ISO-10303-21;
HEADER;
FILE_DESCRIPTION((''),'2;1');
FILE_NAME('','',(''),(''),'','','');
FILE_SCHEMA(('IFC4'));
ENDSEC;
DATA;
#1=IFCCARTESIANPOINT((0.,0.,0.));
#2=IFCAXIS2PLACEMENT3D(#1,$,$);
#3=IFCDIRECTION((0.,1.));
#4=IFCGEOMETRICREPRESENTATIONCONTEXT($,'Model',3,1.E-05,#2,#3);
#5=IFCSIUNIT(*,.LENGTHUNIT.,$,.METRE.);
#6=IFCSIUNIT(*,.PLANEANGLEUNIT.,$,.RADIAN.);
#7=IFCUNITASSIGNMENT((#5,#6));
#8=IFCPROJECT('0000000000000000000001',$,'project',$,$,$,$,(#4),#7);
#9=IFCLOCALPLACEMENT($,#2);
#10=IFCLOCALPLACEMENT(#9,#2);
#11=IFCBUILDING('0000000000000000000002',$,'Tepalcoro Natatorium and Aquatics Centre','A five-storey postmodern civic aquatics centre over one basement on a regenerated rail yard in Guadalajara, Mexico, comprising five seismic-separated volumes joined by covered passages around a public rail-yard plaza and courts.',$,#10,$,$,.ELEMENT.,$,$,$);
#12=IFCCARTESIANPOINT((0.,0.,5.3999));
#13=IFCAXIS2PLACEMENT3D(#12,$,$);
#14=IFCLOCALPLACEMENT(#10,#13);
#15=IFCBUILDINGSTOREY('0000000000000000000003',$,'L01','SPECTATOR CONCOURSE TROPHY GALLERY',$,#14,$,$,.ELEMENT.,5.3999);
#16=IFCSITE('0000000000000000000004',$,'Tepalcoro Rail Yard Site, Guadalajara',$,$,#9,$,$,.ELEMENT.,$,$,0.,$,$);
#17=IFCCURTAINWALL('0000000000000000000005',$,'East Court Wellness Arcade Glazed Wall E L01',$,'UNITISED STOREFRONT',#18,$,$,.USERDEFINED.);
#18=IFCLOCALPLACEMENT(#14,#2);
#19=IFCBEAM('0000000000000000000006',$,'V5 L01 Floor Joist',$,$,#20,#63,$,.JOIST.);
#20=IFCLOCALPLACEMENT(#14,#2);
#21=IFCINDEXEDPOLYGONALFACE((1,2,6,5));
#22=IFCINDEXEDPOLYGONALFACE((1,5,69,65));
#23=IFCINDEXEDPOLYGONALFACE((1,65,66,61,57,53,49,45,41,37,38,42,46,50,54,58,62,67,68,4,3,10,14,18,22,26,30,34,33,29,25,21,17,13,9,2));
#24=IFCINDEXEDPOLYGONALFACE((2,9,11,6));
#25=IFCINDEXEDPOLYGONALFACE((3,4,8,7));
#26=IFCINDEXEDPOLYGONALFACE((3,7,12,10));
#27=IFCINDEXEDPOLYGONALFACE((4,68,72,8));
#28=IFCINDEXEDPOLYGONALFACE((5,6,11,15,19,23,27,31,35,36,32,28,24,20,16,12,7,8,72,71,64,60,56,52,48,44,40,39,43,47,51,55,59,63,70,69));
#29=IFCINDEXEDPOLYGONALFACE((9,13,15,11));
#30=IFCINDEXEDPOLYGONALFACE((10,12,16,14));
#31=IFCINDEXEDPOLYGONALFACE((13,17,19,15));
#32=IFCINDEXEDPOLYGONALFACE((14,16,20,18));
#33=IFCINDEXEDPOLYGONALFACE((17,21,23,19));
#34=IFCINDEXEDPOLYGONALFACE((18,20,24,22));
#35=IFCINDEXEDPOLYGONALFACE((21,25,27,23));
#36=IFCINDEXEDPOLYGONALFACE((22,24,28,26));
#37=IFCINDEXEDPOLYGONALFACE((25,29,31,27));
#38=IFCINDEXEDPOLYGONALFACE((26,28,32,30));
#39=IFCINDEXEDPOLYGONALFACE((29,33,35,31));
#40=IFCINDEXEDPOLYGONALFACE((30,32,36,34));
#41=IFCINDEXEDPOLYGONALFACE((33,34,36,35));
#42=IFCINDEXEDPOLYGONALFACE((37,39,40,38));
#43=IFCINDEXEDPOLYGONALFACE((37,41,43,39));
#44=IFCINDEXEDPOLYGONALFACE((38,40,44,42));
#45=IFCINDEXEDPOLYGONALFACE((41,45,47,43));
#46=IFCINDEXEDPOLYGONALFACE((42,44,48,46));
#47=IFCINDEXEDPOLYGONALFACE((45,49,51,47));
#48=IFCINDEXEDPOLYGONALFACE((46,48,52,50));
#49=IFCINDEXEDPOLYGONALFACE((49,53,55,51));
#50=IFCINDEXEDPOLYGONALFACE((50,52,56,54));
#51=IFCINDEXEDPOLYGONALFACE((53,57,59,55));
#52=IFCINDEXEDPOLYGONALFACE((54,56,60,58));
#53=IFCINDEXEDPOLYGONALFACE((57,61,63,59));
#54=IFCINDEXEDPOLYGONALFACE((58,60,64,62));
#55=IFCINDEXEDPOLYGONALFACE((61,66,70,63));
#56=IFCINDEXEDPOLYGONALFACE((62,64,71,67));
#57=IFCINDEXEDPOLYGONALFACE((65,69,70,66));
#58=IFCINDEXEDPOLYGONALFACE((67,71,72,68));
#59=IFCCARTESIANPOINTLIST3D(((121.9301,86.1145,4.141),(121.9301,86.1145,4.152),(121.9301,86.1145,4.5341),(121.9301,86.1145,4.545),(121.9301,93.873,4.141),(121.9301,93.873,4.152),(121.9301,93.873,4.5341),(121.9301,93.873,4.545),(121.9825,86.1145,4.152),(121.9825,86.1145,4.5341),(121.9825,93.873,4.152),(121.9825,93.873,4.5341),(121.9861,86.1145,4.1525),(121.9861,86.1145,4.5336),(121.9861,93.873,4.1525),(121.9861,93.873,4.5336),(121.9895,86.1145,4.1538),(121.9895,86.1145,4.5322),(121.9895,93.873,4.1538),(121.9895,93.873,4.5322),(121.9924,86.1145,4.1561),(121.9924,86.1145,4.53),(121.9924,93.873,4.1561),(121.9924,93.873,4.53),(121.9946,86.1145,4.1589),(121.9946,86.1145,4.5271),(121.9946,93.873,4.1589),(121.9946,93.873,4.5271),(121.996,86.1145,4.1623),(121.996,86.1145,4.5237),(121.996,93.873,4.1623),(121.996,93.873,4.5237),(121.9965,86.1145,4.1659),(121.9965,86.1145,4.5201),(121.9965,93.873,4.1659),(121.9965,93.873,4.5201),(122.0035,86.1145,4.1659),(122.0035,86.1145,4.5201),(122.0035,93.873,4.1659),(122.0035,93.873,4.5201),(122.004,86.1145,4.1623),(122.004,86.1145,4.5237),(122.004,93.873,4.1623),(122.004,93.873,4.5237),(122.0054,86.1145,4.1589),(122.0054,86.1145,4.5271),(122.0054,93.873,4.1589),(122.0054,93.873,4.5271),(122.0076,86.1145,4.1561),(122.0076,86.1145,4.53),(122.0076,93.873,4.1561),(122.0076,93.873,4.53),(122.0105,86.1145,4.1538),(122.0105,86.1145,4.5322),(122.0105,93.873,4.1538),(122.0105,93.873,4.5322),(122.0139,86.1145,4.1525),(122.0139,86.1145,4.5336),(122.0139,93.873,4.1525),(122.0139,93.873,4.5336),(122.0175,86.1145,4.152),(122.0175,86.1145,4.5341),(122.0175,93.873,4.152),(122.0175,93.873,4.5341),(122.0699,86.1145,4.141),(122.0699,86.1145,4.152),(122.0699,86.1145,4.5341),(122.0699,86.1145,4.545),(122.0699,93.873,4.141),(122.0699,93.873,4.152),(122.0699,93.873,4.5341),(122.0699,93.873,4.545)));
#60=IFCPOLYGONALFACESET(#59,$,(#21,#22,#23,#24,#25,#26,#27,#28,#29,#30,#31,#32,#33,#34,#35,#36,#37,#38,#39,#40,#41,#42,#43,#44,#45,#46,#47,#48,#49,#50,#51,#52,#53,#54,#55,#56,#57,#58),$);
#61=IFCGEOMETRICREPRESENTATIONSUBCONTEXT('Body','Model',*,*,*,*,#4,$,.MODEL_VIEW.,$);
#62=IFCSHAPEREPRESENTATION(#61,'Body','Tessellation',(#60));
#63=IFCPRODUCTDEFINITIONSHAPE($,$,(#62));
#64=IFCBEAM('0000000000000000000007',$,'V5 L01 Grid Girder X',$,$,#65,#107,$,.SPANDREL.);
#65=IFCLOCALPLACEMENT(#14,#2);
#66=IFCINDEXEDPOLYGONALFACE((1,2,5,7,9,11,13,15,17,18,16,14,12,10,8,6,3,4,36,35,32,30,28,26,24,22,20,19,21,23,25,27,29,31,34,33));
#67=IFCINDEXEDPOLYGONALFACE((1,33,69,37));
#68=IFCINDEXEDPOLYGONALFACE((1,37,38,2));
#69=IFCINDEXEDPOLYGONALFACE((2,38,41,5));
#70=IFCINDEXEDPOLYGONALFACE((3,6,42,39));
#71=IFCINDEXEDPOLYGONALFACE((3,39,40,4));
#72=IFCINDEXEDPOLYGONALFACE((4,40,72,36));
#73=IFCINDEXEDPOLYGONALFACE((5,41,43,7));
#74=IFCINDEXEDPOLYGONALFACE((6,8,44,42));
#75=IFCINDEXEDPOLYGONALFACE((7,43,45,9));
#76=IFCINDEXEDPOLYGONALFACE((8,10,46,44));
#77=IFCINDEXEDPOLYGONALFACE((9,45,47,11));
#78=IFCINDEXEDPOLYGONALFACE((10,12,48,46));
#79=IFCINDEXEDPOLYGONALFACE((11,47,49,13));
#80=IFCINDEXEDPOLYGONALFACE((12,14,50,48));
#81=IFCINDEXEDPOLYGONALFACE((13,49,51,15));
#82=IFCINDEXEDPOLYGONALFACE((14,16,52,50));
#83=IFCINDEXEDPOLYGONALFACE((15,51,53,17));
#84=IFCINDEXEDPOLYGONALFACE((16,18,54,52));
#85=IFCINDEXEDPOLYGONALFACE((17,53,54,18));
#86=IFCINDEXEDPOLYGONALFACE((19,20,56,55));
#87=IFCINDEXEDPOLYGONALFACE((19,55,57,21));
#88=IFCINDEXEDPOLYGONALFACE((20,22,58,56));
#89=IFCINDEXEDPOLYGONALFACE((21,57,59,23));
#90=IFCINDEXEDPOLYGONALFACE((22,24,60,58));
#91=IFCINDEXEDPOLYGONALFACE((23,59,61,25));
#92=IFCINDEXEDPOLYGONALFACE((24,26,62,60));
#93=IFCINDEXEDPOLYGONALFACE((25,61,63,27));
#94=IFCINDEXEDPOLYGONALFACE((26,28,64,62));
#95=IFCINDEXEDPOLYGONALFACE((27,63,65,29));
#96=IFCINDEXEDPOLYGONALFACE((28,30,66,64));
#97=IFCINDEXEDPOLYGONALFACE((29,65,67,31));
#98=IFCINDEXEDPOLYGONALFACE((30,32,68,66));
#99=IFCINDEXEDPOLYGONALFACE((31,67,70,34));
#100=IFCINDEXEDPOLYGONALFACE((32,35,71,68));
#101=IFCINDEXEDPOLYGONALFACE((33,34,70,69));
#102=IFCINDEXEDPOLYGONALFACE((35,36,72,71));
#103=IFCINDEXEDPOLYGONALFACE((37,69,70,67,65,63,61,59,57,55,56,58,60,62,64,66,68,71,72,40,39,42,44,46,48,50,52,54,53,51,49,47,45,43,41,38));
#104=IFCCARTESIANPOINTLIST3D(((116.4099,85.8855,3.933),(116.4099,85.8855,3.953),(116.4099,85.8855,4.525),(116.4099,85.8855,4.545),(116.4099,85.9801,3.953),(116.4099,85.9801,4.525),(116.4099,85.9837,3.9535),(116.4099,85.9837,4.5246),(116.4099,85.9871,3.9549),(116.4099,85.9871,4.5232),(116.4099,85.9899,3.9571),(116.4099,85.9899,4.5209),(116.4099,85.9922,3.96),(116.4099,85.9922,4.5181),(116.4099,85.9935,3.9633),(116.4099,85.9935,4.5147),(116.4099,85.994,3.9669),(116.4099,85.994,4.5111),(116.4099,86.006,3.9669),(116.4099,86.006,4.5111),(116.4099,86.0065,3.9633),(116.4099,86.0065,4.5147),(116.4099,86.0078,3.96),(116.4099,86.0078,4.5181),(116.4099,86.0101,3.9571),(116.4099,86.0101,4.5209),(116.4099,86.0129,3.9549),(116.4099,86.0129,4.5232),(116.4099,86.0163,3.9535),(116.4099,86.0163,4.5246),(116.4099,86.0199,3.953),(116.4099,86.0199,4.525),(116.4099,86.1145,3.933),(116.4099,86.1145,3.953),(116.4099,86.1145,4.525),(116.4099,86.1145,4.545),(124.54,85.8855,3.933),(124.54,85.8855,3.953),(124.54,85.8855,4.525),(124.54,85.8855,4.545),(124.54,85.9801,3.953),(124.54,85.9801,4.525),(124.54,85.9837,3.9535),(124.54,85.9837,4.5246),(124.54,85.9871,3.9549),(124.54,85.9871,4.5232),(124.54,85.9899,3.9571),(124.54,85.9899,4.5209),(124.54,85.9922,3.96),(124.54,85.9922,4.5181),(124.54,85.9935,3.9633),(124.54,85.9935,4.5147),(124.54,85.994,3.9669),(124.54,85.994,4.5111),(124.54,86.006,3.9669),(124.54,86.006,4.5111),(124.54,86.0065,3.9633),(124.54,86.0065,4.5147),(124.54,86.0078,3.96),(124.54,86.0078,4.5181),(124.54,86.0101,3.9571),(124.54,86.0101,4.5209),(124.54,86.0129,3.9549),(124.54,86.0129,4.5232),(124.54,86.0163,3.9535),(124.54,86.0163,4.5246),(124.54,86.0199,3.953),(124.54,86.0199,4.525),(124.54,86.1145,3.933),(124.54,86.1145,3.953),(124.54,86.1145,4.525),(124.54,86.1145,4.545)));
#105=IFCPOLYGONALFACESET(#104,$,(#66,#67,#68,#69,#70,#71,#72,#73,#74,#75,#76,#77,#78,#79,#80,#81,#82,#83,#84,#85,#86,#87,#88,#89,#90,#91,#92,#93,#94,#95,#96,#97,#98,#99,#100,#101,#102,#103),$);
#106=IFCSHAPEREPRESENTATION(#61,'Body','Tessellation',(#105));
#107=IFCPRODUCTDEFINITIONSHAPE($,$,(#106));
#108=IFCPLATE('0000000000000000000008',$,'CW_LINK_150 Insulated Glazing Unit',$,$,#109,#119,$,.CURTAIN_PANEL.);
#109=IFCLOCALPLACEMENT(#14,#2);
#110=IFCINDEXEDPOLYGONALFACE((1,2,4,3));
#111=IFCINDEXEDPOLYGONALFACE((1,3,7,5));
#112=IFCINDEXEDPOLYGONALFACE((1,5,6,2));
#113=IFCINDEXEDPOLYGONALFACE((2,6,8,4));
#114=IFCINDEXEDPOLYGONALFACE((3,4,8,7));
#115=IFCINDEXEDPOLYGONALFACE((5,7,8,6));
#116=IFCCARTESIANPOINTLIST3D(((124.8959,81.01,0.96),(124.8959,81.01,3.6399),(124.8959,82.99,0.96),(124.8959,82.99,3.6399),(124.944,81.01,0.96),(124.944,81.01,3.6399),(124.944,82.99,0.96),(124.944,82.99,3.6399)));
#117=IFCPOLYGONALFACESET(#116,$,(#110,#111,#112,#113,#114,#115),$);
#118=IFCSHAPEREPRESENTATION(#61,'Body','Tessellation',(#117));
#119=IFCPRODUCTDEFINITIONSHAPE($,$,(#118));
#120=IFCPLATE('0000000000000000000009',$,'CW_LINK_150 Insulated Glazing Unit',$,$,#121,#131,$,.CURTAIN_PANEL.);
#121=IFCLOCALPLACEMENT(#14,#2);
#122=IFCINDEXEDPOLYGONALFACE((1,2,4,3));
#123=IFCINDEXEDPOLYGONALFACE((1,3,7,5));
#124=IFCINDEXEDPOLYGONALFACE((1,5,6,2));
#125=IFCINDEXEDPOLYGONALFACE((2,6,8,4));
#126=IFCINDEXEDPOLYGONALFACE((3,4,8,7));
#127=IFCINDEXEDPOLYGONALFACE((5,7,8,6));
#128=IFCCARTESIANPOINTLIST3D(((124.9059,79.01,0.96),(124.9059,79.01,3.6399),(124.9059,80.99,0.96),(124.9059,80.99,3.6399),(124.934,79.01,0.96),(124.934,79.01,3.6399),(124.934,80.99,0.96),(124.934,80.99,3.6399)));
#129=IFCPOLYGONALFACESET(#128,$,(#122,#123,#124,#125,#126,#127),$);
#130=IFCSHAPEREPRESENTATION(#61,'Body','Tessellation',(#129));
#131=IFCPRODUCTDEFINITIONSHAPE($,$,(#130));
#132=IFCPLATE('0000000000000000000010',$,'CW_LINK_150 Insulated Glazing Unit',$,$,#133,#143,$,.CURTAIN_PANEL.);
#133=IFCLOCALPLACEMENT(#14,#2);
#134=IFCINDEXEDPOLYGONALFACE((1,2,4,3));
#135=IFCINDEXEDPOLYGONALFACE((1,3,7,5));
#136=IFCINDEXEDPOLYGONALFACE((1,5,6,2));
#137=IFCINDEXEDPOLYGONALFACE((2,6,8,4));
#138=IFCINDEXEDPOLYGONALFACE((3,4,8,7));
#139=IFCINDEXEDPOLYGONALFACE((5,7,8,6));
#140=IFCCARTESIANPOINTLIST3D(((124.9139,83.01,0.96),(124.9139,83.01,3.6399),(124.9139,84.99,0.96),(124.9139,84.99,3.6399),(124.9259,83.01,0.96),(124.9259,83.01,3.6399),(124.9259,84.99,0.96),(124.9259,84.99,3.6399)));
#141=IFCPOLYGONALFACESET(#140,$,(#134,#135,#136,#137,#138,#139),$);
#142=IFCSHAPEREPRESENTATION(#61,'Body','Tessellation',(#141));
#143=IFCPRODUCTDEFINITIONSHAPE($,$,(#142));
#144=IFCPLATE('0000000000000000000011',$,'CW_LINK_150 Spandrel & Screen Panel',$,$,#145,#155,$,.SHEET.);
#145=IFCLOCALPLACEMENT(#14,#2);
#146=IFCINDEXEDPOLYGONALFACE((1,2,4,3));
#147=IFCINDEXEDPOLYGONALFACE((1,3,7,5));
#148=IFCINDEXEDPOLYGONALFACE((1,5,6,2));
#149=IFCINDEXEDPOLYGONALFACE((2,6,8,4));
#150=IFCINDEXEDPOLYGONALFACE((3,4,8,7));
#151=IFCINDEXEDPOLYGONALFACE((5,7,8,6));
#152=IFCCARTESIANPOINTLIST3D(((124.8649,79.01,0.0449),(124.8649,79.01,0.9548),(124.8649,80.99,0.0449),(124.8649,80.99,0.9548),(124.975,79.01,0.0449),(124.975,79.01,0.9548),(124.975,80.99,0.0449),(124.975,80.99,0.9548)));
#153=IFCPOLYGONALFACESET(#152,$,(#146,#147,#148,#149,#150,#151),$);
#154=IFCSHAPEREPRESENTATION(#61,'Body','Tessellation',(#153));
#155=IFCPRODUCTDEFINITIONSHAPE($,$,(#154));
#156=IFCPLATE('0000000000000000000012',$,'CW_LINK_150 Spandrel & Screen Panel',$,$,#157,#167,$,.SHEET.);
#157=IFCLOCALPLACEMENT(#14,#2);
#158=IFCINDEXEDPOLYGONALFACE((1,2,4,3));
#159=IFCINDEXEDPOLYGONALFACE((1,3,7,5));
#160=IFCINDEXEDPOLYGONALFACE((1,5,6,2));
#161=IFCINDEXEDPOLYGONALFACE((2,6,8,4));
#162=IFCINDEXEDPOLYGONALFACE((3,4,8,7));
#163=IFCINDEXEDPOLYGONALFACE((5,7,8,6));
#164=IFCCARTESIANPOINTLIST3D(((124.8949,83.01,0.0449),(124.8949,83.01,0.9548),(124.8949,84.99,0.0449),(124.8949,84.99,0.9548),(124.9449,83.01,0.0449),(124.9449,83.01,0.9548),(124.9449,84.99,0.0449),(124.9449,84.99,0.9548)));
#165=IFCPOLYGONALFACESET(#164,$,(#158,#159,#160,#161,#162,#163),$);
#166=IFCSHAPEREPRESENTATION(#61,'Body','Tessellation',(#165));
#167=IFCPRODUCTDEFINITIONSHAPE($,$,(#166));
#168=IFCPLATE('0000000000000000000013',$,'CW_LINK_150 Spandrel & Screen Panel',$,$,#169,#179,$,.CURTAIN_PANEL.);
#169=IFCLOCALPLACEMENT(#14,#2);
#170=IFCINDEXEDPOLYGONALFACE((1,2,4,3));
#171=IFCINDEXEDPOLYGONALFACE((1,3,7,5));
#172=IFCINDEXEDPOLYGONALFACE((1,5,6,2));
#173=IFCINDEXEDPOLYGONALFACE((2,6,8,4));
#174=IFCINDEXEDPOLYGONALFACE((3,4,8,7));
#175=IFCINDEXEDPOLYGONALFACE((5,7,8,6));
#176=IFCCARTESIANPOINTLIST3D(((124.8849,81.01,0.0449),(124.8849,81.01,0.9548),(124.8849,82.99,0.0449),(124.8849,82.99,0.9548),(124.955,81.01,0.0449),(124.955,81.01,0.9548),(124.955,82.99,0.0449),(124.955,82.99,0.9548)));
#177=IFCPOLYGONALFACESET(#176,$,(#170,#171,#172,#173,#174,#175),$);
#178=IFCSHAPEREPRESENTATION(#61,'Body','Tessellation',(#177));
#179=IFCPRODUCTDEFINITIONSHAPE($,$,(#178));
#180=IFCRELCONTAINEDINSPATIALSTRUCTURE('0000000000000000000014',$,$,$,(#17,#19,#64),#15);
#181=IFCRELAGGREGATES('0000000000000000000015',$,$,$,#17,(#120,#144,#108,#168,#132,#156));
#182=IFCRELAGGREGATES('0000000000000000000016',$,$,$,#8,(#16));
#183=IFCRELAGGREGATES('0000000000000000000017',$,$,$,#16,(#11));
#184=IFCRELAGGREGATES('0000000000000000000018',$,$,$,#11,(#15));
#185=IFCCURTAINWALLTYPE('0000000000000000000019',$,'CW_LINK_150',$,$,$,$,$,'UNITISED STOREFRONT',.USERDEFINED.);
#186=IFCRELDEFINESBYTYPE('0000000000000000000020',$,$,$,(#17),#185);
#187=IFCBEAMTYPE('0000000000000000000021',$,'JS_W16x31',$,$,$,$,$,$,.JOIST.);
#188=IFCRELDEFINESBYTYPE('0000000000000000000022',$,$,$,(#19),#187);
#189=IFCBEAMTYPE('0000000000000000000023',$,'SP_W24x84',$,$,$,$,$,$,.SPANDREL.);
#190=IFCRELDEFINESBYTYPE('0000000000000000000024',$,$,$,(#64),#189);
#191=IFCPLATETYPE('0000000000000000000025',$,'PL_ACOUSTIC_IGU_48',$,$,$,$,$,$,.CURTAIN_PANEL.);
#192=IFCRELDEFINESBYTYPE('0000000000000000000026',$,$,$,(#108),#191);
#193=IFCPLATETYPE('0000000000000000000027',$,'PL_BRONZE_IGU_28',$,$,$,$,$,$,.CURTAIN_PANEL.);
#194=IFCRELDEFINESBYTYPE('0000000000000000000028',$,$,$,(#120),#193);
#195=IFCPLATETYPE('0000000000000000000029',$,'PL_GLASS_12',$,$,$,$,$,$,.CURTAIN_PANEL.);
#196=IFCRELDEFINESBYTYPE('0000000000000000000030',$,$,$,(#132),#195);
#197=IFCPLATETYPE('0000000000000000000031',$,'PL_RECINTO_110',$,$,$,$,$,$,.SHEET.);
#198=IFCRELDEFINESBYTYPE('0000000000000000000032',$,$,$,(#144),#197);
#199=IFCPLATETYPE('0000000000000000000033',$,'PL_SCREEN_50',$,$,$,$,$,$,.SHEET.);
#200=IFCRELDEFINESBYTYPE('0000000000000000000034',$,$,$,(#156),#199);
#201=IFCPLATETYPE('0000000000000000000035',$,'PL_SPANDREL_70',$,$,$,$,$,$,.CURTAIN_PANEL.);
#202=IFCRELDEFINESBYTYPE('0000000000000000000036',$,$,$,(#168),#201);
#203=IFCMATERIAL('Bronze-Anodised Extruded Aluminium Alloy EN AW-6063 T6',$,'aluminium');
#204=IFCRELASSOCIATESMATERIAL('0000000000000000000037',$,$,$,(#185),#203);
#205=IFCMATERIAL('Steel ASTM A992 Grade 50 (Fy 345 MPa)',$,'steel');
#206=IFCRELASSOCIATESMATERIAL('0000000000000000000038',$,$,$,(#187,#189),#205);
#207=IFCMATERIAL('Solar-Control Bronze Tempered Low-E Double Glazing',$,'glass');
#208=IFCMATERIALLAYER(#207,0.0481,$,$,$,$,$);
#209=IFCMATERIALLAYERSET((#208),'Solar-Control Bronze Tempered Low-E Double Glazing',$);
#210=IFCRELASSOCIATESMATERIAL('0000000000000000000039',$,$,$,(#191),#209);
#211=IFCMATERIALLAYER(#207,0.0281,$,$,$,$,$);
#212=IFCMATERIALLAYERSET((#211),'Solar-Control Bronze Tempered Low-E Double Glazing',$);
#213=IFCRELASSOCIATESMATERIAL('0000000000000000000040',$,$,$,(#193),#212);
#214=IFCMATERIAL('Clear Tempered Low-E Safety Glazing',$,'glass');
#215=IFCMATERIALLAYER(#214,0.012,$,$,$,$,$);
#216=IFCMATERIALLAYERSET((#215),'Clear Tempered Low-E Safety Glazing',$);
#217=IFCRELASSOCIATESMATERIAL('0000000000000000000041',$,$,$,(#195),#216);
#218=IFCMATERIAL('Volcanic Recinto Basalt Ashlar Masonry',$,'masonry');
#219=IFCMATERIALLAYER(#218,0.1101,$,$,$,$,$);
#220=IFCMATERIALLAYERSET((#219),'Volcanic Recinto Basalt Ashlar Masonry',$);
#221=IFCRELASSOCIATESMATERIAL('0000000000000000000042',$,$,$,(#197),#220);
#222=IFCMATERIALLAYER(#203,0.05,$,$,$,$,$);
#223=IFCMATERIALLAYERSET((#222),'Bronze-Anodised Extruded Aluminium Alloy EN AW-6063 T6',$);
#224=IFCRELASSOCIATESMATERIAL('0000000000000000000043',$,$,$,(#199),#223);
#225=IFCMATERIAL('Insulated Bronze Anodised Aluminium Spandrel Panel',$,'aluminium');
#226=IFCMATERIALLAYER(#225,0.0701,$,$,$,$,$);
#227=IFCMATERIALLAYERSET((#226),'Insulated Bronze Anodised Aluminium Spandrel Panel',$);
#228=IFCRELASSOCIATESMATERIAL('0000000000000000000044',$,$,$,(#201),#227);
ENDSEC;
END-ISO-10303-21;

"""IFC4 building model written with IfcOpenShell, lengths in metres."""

from ifc_helpers import new_model, si_unit, direction, frame, origin, origin_2d, place, context, subcontext, project, spatial, rectangle, i_section, extrude, material, layer, layer_set, material_profile, profile_set, type_object, element, aggregate, save


model = new_model("IFC4")

# Units and contexts
model_context = context("Model", 3, precision=1e-05, world=origin(), true_north=direction((0.0, 1.0)))
body_context = subcontext(model_context, "Body", "Model", "MODEL_VIEW")
ifc_project = project(units=[si_unit("LENGTHUNIT", "METRE"), si_unit("PLANEANGLEUNIT", "RADIAN")], contexts=[model_context])

# Site, building, storey
site_placement = place(None, origin())
site = spatial("IfcSite", under=ifc_project, at=site_placement, Name="Tepalcoro Rail Yard Site, Guadalajara", CompositionType="ELEMENT", RefElevation=0.0)
building_placement = place(site_placement, origin())
building = spatial("IfcBuilding", under=site, at=building_placement, Name="Tepalcoro Natatorium and Aquatics Centre", Description="A five-storey postmodern civic aquatics centre over one basement on a regenerated rail yard in Guadalajara, Mexico, comprising five seismic-separated volumes joined by covered passages around a public rail-yard plaza and courts.", CompositionType="ELEMENT")
storey_placement = place(building_placement, frame((0.0, 0.0, 5.3999)))
storey = spatial("IfcBuildingStorey", under=building, at=storey_placement, Name="L01", Description="SPECTATOR CONCOURSE TROPHY GALLERY", CompositionType="ELEMENT", Elevation=5.3999)

# Shared definitions
ifc_material_1 = material(Name="Steel ASTM A992 Grade 50 (Fy 345 MPa)", Category="steel")

# Curtain wall
ifc_material_2 = material(Name="Bronze-Anodised Extruded Aluminium Alloy EN AW-6063 T6", Category="aluminium")
curtain_wall_type = type_object("IfcCurtainWallType", Name="CW_LINK_150", ElementType="UNITISED STOREFRONT", PredefinedType="USERDEFINED", material=ifc_material_2)
curtain_wall_placement = place(storey_placement, origin())
curtain_wall = element("IfcCurtainWall", 1, at=curtain_wall_placement, inside=storey, type_object=curtain_wall_type, Name="East Court Wellness Arcade Glazed Wall E L01", ObjectType="UNITISED STOREFRONT", PredefinedType="USERDEFINED")

# Beams
ifc_material_profile_1 = material_profile(ifc_material_1, i_section(OverallWidth=0.1399, OverallDepth=0.4041, WebThickness=0.0071, FlangeThickness=0.011, FilletRadius=0.0139, at=origin_2d()), Name="W16X31")
ifc_profile_set_1 = profile_set([ifc_material_profile_1], Name="Steel ASTM A992 Grade 50 (Fy 345 MPa)")
beam_type_1 = type_object("IfcBeamType", Name="JS_W16x31", PredefinedType="JOIST", material=ifc_profile_set_1)
beam_1_placement = place(storey_placement, frame((122.0, 86.1145, 4.343), z_axis=(0.0, 1.0, 0.0), x_axis=(-1.0, 0.0, 0.0)))
element("IfcBeam", 2, at=beam_1_placement, inside=storey, type_object=beam_type_1, Name="V5 L01 Floor Joist", PredefinedType="JOIST", context=body_context, shape_type="SweptSolid", body=[
    extrude(i_section(OverallWidth=0.1399, OverallDepth=0.4041, WebThickness=0.0071, FlangeThickness=0.011, FilletRadius=0.0139, at=origin_2d()), origin(), (0.0, 0.0, 1.0), 7.7585),
])
ifc_material_profile_2 = material_profile(ifc_material_1, i_section(OverallWidth=0.229, OverallDepth=0.6121, WebThickness=0.012, FlangeThickness=0.02, FilletRadius=0.0139, at=origin_2d()), Name="W24X84")
ifc_profile_set_2 = profile_set([ifc_material_profile_2], Name="Steel ASTM A992 Grade 50 (Fy 345 MPa)")
beam_type_2 = type_object("IfcBeamType", Name="SP_W24x84", PredefinedType="SPANDREL", material=ifc_profile_set_2)
beam_2_placement = place(storey_placement, frame((116.4099, 86.0, 4.239), z_axis=(1.0, 0.0, 0.0), x_axis=(0.0, 1.0, 0.0)))
element("IfcBeam", 3, at=beam_2_placement, inside=storey, type_object=beam_type_2, Name="V5 L01 Grid Girder X", PredefinedType="SPANDREL", context=body_context, shape_type="SweptSolid", body=[
    extrude(i_section(OverallWidth=0.229, OverallDepth=0.6121, WebThickness=0.012, FlangeThickness=0.02, FilletRadius=0.0139, at=origin_2d()), origin(), (0.0, 0.0, 1.0), 8.1301),
])

# Plates
ifc_material_3 = material(Name="Solar-Control Bronze Tempered Low-E Double Glazing", Category="glass")
ifc_layer_1 = layer(ifc_material_3, 0.0481)
ifc_layer_set_1 = layer_set([ifc_layer_1], Name="Solar-Control Bronze Tempered Low-E Double Glazing")
plate_type_1 = type_object("IfcPlateType", Name="PL_ACOUSTIC_IGU_48", PredefinedType="CURTAIN_PANEL", material=ifc_layer_set_1)
plate_1_placement = place(storey_placement, frame((124.9199, 82.0, 0.96), z_axis=(0.0, 0.0, 1.0), x_axis=(1.0, 0.0, 0.0)))
plate_1 = element("IfcPlate", 4, at=plate_1_placement, type_object=plate_type_1, Name="CW_LINK_150 Insulated Glazing Unit", PredefinedType="CURTAIN_PANEL", context=body_context, shape_type="SweptSolid", body=[
    extrude(rectangle(XDim=0.0481, YDim=1.98, at=origin_2d()), origin(), (0.0, 0.0, 1.0), 2.6799),
])
ifc_layer_2 = layer(ifc_material_3, 0.0281)
ifc_layer_set_2 = layer_set([ifc_layer_2], Name="Solar-Control Bronze Tempered Low-E Double Glazing")
plate_type_2 = type_object("IfcPlateType", Name="PL_BRONZE_IGU_28", PredefinedType="CURTAIN_PANEL", material=ifc_layer_set_2)
plate_2_placement = place(storey_placement, frame((124.9199, 80.0, 0.96), z_axis=(0.0, 0.0, 1.0), x_axis=(1.0, 0.0, 0.0)))
plate_2 = element("IfcPlate", 5, at=plate_2_placement, type_object=plate_type_2, Name="CW_LINK_150 Insulated Glazing Unit", PredefinedType="CURTAIN_PANEL", context=body_context, shape_type="SweptSolid", body=[
    extrude(rectangle(XDim=0.0281, YDim=1.98, at=origin_2d()), origin(), (0.0, 0.0, 1.0), 2.6799),
])
ifc_material_4 = material(Name="Clear Tempered Low-E Safety Glazing", Category="glass")
ifc_layer_3 = layer(ifc_material_4, 0.012)
ifc_layer_set_3 = layer_set([ifc_layer_3], Name="Clear Tempered Low-E Safety Glazing")
plate_type_3 = type_object("IfcPlateType", Name="PL_GLASS_12", PredefinedType="CURTAIN_PANEL", material=ifc_layer_set_3)
plate_3_placement = place(storey_placement, frame((124.9199, 84.0, 0.96), z_axis=(0.0, 0.0, 1.0), x_axis=(1.0, 0.0, 0.0)))
plate_3 = element("IfcPlate", 6, at=plate_3_placement, type_object=plate_type_3, Name="CW_LINK_150 Insulated Glazing Unit", PredefinedType="CURTAIN_PANEL", context=body_context, shape_type="SweptSolid", body=[
    extrude(rectangle(XDim=0.012, YDim=1.98, at=origin_2d()), origin(), (0.0, 0.0, 1.0), 2.6799),
])
ifc_material_5 = material(Name="Volcanic Recinto Basalt Ashlar Masonry", Category="masonry")
ifc_layer_4 = layer(ifc_material_5, 0.1101)
ifc_layer_set_4 = layer_set([ifc_layer_4], Name="Volcanic Recinto Basalt Ashlar Masonry")
plate_type_4 = type_object("IfcPlateType", Name="PL_RECINTO_110", PredefinedType="SHEET", material=ifc_layer_set_4)
plate_4_placement = place(storey_placement, frame((124.9199, 80.0, 0.0449), z_axis=(0.0, 0.0, 1.0), x_axis=(1.0, 0.0, 0.0)))
plate_4 = element("IfcPlate", 7, at=plate_4_placement, type_object=plate_type_4, Name="CW_LINK_150 Spandrel & Screen Panel", PredefinedType="SHEET", context=body_context, shape_type="SweptSolid", body=[
    extrude(rectangle(XDim=0.1101, YDim=1.98, at=origin_2d()), origin(), (0.0, 0.0, 1.0), 0.9099),
])
ifc_layer_5 = layer(ifc_material_2, 0.05)
ifc_layer_set_5 = layer_set([ifc_layer_5], Name="Bronze-Anodised Extruded Aluminium Alloy EN AW-6063 T6")
plate_type_5 = type_object("IfcPlateType", Name="PL_SCREEN_50", PredefinedType="SHEET", material=ifc_layer_set_5)
plate_5_placement = place(storey_placement, frame((124.9199, 84.0, 0.0449), z_axis=(0.0, 0.0, 1.0), x_axis=(1.0, 0.0, 0.0)))
plate_5 = element("IfcPlate", 8, at=plate_5_placement, type_object=plate_type_5, Name="CW_LINK_150 Spandrel & Screen Panel", PredefinedType="SHEET", context=body_context, shape_type="SweptSolid", body=[
    extrude(rectangle(XDim=0.05, YDim=1.98, at=origin_2d()), origin(), (0.0, 0.0, 1.0), 0.9099),
])
ifc_material_6 = material(Name="Insulated Bronze Anodised Aluminium Spandrel Panel", Category="aluminium")
ifc_layer_6 = layer(ifc_material_6, 0.0701)
ifc_layer_set_6 = layer_set([ifc_layer_6], Name="Insulated Bronze Anodised Aluminium Spandrel Panel")
plate_type_6 = type_object("IfcPlateType", Name="PL_SPANDREL_70", PredefinedType="CURTAIN_PANEL", material=ifc_layer_set_6)
plate_6_placement = place(storey_placement, frame((124.9199, 82.0, 0.0449), z_axis=(0.0, 0.0, 1.0), x_axis=(1.0, 0.0, 0.0)))
plate_6 = element("IfcPlate", 9, at=plate_6_placement, type_object=plate_type_6, Name="CW_LINK_150 Spandrel & Screen Panel", PredefinedType="CURTAIN_PANEL", context=body_context, shape_type="SweptSolid", body=[
    extrude(rectangle(XDim=0.0701, YDim=1.98, at=origin_2d()), origin(), (0.0, 0.0, 1.0), 0.9099),
])
aggregate(curtain_wall, [plate_2, plate_4, plate_1, plate_6, plate_3, plate_5])

save(model, "model.ifc")
